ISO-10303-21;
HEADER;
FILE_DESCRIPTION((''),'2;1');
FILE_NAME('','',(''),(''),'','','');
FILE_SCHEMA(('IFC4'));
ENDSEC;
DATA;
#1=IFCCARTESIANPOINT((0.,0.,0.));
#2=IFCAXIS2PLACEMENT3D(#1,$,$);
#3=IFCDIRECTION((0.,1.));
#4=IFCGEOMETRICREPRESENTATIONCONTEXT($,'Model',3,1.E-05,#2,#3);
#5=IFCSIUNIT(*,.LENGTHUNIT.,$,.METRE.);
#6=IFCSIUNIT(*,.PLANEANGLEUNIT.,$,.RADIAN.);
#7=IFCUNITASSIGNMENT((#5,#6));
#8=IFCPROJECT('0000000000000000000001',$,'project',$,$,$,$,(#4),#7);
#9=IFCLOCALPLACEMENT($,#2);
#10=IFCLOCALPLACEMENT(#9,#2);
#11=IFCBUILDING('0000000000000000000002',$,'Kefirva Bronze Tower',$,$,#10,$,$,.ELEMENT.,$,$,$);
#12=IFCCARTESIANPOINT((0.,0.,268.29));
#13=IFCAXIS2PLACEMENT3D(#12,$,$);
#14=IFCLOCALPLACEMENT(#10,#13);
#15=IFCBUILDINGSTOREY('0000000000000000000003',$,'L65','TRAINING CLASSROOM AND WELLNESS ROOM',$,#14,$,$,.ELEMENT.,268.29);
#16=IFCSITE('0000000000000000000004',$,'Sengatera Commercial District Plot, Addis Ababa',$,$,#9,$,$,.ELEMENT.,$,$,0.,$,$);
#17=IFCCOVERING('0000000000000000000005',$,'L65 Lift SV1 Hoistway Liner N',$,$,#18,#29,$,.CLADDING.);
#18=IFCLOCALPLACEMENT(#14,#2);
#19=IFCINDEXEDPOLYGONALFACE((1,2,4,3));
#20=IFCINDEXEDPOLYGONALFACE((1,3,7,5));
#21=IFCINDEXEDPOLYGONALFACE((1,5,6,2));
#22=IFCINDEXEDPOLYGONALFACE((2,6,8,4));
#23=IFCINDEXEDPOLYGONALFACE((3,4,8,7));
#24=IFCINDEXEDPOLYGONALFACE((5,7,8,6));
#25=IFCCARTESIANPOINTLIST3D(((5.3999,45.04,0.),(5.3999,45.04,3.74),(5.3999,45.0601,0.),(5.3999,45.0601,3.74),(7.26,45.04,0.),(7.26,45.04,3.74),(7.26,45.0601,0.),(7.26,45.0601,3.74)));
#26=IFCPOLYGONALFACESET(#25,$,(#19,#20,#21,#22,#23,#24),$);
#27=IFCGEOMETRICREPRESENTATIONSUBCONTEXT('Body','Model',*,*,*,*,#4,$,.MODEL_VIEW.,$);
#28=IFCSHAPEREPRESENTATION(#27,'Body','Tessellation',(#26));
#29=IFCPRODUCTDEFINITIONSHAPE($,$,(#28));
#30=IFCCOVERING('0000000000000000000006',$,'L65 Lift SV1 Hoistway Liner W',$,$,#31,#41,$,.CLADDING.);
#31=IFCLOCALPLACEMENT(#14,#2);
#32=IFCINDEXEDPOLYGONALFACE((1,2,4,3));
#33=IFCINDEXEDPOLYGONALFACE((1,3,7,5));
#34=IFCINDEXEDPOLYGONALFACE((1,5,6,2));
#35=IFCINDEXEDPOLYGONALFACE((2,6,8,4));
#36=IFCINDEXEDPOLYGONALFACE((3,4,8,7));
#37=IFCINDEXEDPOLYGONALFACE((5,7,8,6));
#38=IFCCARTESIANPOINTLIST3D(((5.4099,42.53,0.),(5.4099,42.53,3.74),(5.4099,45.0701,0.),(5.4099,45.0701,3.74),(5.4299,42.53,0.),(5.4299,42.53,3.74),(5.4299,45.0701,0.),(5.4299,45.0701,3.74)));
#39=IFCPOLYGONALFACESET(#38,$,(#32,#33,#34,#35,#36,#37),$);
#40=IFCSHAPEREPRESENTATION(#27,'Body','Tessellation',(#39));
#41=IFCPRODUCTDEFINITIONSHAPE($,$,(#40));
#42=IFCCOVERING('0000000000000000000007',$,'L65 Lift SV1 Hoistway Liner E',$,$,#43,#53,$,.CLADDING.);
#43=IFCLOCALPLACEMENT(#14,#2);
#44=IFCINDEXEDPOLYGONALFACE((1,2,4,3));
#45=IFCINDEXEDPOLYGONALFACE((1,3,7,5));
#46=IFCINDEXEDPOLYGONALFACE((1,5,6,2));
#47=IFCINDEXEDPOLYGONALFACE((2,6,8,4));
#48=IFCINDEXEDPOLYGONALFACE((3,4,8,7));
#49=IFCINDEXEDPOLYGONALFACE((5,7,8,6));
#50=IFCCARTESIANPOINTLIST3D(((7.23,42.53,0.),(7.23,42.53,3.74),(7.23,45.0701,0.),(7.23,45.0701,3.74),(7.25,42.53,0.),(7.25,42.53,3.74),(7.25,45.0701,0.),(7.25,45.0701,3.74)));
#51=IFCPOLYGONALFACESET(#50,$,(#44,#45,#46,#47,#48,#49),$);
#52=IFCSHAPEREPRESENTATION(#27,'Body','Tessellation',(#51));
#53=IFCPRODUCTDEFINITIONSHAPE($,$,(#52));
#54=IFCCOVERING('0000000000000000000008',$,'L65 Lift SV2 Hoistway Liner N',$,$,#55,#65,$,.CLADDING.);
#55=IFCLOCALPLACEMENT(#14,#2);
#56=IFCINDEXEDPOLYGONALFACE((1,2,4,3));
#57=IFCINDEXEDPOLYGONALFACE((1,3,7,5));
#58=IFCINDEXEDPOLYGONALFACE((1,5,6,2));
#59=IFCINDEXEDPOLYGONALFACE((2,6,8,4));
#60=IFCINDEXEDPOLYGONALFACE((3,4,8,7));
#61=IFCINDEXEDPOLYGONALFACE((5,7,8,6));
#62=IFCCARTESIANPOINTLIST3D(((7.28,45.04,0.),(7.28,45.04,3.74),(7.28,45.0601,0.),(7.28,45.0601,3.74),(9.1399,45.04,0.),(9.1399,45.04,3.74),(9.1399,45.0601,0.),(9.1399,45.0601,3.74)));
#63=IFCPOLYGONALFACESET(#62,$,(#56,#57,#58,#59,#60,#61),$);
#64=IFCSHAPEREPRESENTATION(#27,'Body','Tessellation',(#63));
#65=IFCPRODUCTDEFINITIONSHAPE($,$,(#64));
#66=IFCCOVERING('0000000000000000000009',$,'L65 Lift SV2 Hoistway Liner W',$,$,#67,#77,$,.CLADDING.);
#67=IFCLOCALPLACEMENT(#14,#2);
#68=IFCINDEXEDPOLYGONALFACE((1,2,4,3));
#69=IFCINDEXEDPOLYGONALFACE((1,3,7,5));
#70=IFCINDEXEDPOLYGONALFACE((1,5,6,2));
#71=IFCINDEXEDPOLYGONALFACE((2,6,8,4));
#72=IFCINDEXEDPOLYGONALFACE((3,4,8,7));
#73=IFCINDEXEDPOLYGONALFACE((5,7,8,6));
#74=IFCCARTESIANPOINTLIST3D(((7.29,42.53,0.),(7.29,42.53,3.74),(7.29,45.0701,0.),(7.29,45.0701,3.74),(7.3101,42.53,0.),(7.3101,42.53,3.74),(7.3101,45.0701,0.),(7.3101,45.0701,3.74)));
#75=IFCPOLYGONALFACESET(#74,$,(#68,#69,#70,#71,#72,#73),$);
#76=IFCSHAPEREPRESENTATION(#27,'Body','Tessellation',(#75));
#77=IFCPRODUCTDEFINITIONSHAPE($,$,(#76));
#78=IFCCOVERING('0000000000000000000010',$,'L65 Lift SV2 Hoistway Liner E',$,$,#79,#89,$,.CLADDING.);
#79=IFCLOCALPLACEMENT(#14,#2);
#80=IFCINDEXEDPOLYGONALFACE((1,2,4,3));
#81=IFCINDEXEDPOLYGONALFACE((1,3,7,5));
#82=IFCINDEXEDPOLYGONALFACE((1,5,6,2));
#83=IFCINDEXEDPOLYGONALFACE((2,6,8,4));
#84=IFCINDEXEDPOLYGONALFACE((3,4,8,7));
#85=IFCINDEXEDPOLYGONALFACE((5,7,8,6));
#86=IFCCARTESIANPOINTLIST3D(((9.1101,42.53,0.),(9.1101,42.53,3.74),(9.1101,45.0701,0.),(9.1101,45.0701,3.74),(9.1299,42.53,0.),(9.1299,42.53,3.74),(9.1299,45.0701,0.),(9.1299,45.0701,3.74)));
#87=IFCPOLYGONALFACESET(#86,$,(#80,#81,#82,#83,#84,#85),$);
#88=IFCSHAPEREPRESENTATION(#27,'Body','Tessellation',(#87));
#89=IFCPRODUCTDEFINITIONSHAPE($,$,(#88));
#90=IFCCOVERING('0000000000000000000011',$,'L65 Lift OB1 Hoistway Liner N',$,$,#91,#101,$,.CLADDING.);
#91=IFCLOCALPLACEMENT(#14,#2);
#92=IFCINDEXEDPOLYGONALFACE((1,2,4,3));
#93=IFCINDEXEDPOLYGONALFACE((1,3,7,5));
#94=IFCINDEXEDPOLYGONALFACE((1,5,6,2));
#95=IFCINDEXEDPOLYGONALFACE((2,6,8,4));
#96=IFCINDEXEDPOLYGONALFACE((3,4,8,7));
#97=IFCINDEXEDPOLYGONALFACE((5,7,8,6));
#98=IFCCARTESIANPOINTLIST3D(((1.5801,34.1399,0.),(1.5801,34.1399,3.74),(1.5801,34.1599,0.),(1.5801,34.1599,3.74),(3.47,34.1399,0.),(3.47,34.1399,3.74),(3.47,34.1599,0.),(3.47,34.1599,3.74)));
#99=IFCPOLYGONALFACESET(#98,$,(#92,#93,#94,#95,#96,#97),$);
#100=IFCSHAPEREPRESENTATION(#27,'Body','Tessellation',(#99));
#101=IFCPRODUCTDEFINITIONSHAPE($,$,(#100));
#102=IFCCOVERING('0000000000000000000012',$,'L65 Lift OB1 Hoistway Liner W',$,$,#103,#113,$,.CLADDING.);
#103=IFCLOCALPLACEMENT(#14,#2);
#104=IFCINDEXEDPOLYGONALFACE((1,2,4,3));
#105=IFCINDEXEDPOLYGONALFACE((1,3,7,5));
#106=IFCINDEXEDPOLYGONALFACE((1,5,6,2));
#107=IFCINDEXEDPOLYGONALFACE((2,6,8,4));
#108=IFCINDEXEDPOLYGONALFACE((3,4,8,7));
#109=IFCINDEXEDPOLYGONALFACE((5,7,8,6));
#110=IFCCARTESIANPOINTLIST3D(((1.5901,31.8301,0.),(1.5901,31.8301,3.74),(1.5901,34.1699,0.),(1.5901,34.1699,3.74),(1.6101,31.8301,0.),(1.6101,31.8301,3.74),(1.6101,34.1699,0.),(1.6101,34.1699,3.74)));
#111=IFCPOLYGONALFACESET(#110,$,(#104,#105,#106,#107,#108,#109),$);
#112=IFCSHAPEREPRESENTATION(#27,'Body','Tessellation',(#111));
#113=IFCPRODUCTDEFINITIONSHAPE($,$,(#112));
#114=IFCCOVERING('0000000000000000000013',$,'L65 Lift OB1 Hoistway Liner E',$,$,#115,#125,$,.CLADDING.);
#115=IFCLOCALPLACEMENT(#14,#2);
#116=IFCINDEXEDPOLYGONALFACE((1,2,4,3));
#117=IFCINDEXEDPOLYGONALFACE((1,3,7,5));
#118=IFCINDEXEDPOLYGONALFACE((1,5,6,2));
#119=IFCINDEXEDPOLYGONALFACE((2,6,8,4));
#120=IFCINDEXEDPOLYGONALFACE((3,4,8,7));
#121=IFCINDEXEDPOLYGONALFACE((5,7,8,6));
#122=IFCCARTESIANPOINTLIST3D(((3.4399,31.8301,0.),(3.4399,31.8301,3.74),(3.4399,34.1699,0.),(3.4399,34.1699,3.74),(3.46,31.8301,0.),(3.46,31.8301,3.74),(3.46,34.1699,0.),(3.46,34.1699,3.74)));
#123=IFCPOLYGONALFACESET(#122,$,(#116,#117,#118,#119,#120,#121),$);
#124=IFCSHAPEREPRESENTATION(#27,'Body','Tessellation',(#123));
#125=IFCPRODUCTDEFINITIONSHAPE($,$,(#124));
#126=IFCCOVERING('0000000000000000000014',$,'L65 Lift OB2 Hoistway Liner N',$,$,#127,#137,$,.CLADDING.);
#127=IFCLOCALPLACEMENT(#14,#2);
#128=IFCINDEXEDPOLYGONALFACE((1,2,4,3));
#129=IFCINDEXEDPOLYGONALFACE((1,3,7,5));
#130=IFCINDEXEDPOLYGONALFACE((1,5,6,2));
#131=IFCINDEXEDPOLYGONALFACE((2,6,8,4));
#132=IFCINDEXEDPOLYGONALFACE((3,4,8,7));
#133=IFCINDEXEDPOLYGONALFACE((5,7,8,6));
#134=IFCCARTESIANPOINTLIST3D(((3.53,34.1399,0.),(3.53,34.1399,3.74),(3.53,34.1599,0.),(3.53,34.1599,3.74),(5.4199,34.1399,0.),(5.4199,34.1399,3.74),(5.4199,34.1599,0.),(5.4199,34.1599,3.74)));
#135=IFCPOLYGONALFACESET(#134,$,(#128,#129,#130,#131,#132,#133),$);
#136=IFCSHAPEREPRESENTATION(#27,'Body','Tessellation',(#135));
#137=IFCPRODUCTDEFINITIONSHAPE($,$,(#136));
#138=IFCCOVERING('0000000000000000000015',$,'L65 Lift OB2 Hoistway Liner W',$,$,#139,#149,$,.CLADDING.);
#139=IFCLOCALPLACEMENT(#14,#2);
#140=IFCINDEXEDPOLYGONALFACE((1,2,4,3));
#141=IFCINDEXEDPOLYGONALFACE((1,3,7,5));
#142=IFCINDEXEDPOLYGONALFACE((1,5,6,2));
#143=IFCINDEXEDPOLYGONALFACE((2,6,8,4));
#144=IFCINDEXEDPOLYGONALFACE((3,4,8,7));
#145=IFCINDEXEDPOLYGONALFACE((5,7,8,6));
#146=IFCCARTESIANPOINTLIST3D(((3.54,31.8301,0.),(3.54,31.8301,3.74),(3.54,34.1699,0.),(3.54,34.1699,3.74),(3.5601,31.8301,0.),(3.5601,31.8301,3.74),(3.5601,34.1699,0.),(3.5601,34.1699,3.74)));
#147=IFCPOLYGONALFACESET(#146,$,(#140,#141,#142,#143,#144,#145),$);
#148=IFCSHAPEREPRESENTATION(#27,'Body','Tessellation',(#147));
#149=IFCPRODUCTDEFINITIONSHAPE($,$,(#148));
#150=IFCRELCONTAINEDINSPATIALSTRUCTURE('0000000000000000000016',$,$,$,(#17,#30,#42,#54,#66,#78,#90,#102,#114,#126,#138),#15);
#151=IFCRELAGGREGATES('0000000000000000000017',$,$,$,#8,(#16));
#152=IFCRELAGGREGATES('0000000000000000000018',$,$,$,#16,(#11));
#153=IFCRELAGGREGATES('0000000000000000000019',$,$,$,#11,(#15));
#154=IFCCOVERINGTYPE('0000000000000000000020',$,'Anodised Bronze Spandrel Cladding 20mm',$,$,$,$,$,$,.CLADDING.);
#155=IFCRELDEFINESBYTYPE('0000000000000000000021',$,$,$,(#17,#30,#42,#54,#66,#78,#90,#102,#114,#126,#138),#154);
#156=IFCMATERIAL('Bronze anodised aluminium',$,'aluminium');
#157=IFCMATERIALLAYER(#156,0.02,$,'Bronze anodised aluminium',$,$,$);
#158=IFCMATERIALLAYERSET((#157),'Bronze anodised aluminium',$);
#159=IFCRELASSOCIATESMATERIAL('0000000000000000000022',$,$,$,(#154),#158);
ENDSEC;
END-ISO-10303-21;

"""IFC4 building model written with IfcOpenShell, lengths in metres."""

from ifc_helpers import new_model, si_unit, direction, frame, origin, place, context, subcontext, project, spatial, polyline, outline, extrude, material, layer, layer_set, type_object, element, save


model = new_model("IFC4")

# Units and contexts
model_context = context("Model", 3, precision=1e-05, world=origin(), true_north=direction((0.0, 1.0)))
body_context = subcontext(model_context, "Body", "Model", "MODEL_VIEW")
ifc_project = project(units=[si_unit("LENGTHUNIT", "METRE"), si_unit("PLANEANGLEUNIT", "RADIAN")], contexts=[model_context])

# Site, building, storey
site_placement = place(None, origin())
site = spatial("IfcSite", under=ifc_project, at=site_placement, Name="Sengatera Commercial District Plot, Addis Ababa", CompositionType="ELEMENT", RefElevation=0.0)
building_placement = place(site_placement, origin())
building = spatial("IfcBuilding", under=site, at=building_placement, Name="Kefirva Bronze Tower", CompositionType="ELEMENT")
storey_placement = place(building_placement, frame((0.0, 0.0, 268.29)))
storey = spatial("IfcBuildingStorey", under=building, at=storey_placement, Name="L65", Description="TRAINING CLASSROOM AND WELLNESS ROOM", CompositionType="ELEMENT", Elevation=268.29)

# Coverings
ifc_material_1 = material(Name="Bronze anodised aluminium", Category="aluminium")
ifc_layer_1 = layer(ifc_material_1, 0.02, Name="Bronze anodised aluminium")
ifc_layer_set_1 = layer_set([ifc_layer_1], Name="Bronze anodised aluminium")
covering_type = type_object("IfcCoveringType", Name="Anodised Bronze Spandrel Cladding 20mm", PredefinedType="CLADDING", material=ifc_layer_set_1)
covering_1_placement = place(storey_placement, origin())
element("IfcCovering", 1, at=covering_1_placement, inside=storey, type_object=covering_type, Name="L65 Lift SV1 Hoistway Liner N", PredefinedType="CLADDING", context=body_context, shape_type="SweptSolid", body=[
    extrude(outline(polyline([(5.3999, 45.04), (7.26, 45.04), (7.26, 45.0601), (5.3999, 45.0601), (5.3999, 45.04)])), origin(), (0.0, 0.0, 1.0), 3.74),
])
covering_2_placement = place(storey_placement, origin())
element("IfcCovering", 2, at=covering_2_placement, inside=storey, type_object=covering_type, Name="L65 Lift SV1 Hoistway Liner W", PredefinedType="CLADDING", context=body_context, shape_type="SweptSolid", body=[
    extrude(outline(polyline([(5.4099, 42.53), (5.4299, 42.53), (5.4299, 45.0701), (5.4099, 45.0701), (5.4099, 42.53)])), origin(), (0.0, 0.0, 1.0), 3.74),
])
covering_3_placement = place(storey_placement, origin())
element("IfcCovering", 3, at=covering_3_placement, inside=storey, type_object=covering_type, Name="L65 Lift SV1 Hoistway Liner E", PredefinedType="CLADDING", context=body_context, shape_type="SweptSolid", body=[
    extrude(outline(polyline([(7.23, 42.53), (7.25, 42.53), (7.25, 45.0701), (7.23, 45.0701), (7.23, 42.53)])), origin(), (0.0, 0.0, 1.0), 3.74),
])
covering_4_placement = place(storey_placement, origin())
element("IfcCovering", 4, at=covering_4_placement, inside=storey, type_object=covering_type, Name="L65 Lift SV2 Hoistway Liner N", PredefinedType="CLADDING", context=body_context, shape_type="SweptSolid", body=[
    extrude(outline(polyline([(7.28, 45.04), (9.1399, 45.04), (9.1399, 45.0601), (7.28, 45.0601), (7.28, 45.04)])), origin(), (0.0, 0.0, 1.0), 3.74),
])
covering_5_placement = place(storey_placement, origin())
element("IfcCovering", 5, at=covering_5_placement, inside=storey, type_object=covering_type, Name="L65 Lift SV2 Hoistway Liner W", PredefinedType="CLADDING", context=body_context, shape_type="SweptSolid", body=[
    extrude(outline(polyline([(7.29, 42.53), (7.3101, 42.53), (7.3101, 45.0701), (7.29, 45.0701), (7.29, 42.53)])), origin(), (0.0, 0.0, 1.0), 3.74),
])
covering_6_placement = place(storey_placement, origin())
element("IfcCovering", 6, at=covering_6_placement, inside=storey, type_object=covering_type, Name="L65 Lift SV2 Hoistway Liner E", PredefinedType="CLADDING", context=body_context, shape_type="SweptSolid", body=[
    extrude(outline(polyline([(9.1101, 42.53), (9.1299, 42.53), (9.1299, 45.0701), (9.1101, 45.0701), (9.1101, 42.53)])), origin(), (0.0, 0.0, 1.0), 3.74),
])
covering_7_placement = place(storey_placement, origin())
element("IfcCovering", 7, at=covering_7_placement, inside=storey, type_object=covering_type, Name="L65 Lift OB1 Hoistway Liner N", PredefinedType="CLADDING", context=body_context, shape_type="SweptSolid", body=[
    extrude(outline(polyline([(1.5801, 34.1399), (3.47, 34.1399), (3.47, 34.1599), (1.5801, 34.1599), (1.5801, 34.1399)])), origin(), (0.0, 0.0, 1.0), 3.74),
])
covering_8_placement = place(storey_placement, origin())
element("IfcCovering", 8, at=covering_8_placement, inside=storey, type_object=covering_type, Name="L65 Lift OB1 Hoistway Liner W", PredefinedType="CLADDING", context=body_context, shape_type="SweptSolid", body=[
    extrude(outline(polyline([(1.5901, 31.8301), (1.6101, 31.8301), (1.6101, 34.1699), (1.5901, 34.1699), (1.5901, 31.8301)])), origin(), (0.0, 0.0, 1.0), 3.74),
])
covering_9_placement = place(storey_placement, origin())
element("IfcCovering", 9, at=covering_9_placement, inside=storey, type_object=covering_type, Name="L65 Lift OB1 Hoistway Liner E", PredefinedType="CLADDING", context=body_context, shape_type="SweptSolid", body=[
    extrude(outline(polyline([(3.4399, 31.8301), (3.46, 31.8301), (3.46, 34.1699), (3.4399, 34.1699), (3.4399, 31.8301)])), origin(), (0.0, 0.0, 1.0), 3.74),
])
covering_10_placement = place(storey_placement, origin())
element("IfcCovering", 10, at=covering_10_placement, inside=storey, type_object=covering_type, Name="L65 Lift OB2 Hoistway Liner N", PredefinedType="CLADDING", context=body_context, shape_type="SweptSolid", body=[
    extrude(outline(polyline([(3.53, 34.1399), (5.4199, 34.1399), (5.4199, 34.1599), (3.53, 34.1599), (3.53, 34.1399)])), origin(), (0.0, 0.0, 1.0), 3.74),
])
covering_11_placement = place(storey_placement, origin())
element("IfcCovering", 11, at=covering_11_placement, inside=storey, type_object=covering_type, Name="L65 Lift OB2 Hoistway Liner W", PredefinedType="CLADDING", context=body_context, shape_type="SweptSolid", body=[
    extrude(outline(polyline([(3.54, 31.8301), (3.5601, 31.8301), (3.5601, 34.1699), (3.54, 34.1699), (3.54, 31.8301)])), origin(), (0.0, 0.0, 1.0), 3.74),
])

save(model, "model.ifc")
